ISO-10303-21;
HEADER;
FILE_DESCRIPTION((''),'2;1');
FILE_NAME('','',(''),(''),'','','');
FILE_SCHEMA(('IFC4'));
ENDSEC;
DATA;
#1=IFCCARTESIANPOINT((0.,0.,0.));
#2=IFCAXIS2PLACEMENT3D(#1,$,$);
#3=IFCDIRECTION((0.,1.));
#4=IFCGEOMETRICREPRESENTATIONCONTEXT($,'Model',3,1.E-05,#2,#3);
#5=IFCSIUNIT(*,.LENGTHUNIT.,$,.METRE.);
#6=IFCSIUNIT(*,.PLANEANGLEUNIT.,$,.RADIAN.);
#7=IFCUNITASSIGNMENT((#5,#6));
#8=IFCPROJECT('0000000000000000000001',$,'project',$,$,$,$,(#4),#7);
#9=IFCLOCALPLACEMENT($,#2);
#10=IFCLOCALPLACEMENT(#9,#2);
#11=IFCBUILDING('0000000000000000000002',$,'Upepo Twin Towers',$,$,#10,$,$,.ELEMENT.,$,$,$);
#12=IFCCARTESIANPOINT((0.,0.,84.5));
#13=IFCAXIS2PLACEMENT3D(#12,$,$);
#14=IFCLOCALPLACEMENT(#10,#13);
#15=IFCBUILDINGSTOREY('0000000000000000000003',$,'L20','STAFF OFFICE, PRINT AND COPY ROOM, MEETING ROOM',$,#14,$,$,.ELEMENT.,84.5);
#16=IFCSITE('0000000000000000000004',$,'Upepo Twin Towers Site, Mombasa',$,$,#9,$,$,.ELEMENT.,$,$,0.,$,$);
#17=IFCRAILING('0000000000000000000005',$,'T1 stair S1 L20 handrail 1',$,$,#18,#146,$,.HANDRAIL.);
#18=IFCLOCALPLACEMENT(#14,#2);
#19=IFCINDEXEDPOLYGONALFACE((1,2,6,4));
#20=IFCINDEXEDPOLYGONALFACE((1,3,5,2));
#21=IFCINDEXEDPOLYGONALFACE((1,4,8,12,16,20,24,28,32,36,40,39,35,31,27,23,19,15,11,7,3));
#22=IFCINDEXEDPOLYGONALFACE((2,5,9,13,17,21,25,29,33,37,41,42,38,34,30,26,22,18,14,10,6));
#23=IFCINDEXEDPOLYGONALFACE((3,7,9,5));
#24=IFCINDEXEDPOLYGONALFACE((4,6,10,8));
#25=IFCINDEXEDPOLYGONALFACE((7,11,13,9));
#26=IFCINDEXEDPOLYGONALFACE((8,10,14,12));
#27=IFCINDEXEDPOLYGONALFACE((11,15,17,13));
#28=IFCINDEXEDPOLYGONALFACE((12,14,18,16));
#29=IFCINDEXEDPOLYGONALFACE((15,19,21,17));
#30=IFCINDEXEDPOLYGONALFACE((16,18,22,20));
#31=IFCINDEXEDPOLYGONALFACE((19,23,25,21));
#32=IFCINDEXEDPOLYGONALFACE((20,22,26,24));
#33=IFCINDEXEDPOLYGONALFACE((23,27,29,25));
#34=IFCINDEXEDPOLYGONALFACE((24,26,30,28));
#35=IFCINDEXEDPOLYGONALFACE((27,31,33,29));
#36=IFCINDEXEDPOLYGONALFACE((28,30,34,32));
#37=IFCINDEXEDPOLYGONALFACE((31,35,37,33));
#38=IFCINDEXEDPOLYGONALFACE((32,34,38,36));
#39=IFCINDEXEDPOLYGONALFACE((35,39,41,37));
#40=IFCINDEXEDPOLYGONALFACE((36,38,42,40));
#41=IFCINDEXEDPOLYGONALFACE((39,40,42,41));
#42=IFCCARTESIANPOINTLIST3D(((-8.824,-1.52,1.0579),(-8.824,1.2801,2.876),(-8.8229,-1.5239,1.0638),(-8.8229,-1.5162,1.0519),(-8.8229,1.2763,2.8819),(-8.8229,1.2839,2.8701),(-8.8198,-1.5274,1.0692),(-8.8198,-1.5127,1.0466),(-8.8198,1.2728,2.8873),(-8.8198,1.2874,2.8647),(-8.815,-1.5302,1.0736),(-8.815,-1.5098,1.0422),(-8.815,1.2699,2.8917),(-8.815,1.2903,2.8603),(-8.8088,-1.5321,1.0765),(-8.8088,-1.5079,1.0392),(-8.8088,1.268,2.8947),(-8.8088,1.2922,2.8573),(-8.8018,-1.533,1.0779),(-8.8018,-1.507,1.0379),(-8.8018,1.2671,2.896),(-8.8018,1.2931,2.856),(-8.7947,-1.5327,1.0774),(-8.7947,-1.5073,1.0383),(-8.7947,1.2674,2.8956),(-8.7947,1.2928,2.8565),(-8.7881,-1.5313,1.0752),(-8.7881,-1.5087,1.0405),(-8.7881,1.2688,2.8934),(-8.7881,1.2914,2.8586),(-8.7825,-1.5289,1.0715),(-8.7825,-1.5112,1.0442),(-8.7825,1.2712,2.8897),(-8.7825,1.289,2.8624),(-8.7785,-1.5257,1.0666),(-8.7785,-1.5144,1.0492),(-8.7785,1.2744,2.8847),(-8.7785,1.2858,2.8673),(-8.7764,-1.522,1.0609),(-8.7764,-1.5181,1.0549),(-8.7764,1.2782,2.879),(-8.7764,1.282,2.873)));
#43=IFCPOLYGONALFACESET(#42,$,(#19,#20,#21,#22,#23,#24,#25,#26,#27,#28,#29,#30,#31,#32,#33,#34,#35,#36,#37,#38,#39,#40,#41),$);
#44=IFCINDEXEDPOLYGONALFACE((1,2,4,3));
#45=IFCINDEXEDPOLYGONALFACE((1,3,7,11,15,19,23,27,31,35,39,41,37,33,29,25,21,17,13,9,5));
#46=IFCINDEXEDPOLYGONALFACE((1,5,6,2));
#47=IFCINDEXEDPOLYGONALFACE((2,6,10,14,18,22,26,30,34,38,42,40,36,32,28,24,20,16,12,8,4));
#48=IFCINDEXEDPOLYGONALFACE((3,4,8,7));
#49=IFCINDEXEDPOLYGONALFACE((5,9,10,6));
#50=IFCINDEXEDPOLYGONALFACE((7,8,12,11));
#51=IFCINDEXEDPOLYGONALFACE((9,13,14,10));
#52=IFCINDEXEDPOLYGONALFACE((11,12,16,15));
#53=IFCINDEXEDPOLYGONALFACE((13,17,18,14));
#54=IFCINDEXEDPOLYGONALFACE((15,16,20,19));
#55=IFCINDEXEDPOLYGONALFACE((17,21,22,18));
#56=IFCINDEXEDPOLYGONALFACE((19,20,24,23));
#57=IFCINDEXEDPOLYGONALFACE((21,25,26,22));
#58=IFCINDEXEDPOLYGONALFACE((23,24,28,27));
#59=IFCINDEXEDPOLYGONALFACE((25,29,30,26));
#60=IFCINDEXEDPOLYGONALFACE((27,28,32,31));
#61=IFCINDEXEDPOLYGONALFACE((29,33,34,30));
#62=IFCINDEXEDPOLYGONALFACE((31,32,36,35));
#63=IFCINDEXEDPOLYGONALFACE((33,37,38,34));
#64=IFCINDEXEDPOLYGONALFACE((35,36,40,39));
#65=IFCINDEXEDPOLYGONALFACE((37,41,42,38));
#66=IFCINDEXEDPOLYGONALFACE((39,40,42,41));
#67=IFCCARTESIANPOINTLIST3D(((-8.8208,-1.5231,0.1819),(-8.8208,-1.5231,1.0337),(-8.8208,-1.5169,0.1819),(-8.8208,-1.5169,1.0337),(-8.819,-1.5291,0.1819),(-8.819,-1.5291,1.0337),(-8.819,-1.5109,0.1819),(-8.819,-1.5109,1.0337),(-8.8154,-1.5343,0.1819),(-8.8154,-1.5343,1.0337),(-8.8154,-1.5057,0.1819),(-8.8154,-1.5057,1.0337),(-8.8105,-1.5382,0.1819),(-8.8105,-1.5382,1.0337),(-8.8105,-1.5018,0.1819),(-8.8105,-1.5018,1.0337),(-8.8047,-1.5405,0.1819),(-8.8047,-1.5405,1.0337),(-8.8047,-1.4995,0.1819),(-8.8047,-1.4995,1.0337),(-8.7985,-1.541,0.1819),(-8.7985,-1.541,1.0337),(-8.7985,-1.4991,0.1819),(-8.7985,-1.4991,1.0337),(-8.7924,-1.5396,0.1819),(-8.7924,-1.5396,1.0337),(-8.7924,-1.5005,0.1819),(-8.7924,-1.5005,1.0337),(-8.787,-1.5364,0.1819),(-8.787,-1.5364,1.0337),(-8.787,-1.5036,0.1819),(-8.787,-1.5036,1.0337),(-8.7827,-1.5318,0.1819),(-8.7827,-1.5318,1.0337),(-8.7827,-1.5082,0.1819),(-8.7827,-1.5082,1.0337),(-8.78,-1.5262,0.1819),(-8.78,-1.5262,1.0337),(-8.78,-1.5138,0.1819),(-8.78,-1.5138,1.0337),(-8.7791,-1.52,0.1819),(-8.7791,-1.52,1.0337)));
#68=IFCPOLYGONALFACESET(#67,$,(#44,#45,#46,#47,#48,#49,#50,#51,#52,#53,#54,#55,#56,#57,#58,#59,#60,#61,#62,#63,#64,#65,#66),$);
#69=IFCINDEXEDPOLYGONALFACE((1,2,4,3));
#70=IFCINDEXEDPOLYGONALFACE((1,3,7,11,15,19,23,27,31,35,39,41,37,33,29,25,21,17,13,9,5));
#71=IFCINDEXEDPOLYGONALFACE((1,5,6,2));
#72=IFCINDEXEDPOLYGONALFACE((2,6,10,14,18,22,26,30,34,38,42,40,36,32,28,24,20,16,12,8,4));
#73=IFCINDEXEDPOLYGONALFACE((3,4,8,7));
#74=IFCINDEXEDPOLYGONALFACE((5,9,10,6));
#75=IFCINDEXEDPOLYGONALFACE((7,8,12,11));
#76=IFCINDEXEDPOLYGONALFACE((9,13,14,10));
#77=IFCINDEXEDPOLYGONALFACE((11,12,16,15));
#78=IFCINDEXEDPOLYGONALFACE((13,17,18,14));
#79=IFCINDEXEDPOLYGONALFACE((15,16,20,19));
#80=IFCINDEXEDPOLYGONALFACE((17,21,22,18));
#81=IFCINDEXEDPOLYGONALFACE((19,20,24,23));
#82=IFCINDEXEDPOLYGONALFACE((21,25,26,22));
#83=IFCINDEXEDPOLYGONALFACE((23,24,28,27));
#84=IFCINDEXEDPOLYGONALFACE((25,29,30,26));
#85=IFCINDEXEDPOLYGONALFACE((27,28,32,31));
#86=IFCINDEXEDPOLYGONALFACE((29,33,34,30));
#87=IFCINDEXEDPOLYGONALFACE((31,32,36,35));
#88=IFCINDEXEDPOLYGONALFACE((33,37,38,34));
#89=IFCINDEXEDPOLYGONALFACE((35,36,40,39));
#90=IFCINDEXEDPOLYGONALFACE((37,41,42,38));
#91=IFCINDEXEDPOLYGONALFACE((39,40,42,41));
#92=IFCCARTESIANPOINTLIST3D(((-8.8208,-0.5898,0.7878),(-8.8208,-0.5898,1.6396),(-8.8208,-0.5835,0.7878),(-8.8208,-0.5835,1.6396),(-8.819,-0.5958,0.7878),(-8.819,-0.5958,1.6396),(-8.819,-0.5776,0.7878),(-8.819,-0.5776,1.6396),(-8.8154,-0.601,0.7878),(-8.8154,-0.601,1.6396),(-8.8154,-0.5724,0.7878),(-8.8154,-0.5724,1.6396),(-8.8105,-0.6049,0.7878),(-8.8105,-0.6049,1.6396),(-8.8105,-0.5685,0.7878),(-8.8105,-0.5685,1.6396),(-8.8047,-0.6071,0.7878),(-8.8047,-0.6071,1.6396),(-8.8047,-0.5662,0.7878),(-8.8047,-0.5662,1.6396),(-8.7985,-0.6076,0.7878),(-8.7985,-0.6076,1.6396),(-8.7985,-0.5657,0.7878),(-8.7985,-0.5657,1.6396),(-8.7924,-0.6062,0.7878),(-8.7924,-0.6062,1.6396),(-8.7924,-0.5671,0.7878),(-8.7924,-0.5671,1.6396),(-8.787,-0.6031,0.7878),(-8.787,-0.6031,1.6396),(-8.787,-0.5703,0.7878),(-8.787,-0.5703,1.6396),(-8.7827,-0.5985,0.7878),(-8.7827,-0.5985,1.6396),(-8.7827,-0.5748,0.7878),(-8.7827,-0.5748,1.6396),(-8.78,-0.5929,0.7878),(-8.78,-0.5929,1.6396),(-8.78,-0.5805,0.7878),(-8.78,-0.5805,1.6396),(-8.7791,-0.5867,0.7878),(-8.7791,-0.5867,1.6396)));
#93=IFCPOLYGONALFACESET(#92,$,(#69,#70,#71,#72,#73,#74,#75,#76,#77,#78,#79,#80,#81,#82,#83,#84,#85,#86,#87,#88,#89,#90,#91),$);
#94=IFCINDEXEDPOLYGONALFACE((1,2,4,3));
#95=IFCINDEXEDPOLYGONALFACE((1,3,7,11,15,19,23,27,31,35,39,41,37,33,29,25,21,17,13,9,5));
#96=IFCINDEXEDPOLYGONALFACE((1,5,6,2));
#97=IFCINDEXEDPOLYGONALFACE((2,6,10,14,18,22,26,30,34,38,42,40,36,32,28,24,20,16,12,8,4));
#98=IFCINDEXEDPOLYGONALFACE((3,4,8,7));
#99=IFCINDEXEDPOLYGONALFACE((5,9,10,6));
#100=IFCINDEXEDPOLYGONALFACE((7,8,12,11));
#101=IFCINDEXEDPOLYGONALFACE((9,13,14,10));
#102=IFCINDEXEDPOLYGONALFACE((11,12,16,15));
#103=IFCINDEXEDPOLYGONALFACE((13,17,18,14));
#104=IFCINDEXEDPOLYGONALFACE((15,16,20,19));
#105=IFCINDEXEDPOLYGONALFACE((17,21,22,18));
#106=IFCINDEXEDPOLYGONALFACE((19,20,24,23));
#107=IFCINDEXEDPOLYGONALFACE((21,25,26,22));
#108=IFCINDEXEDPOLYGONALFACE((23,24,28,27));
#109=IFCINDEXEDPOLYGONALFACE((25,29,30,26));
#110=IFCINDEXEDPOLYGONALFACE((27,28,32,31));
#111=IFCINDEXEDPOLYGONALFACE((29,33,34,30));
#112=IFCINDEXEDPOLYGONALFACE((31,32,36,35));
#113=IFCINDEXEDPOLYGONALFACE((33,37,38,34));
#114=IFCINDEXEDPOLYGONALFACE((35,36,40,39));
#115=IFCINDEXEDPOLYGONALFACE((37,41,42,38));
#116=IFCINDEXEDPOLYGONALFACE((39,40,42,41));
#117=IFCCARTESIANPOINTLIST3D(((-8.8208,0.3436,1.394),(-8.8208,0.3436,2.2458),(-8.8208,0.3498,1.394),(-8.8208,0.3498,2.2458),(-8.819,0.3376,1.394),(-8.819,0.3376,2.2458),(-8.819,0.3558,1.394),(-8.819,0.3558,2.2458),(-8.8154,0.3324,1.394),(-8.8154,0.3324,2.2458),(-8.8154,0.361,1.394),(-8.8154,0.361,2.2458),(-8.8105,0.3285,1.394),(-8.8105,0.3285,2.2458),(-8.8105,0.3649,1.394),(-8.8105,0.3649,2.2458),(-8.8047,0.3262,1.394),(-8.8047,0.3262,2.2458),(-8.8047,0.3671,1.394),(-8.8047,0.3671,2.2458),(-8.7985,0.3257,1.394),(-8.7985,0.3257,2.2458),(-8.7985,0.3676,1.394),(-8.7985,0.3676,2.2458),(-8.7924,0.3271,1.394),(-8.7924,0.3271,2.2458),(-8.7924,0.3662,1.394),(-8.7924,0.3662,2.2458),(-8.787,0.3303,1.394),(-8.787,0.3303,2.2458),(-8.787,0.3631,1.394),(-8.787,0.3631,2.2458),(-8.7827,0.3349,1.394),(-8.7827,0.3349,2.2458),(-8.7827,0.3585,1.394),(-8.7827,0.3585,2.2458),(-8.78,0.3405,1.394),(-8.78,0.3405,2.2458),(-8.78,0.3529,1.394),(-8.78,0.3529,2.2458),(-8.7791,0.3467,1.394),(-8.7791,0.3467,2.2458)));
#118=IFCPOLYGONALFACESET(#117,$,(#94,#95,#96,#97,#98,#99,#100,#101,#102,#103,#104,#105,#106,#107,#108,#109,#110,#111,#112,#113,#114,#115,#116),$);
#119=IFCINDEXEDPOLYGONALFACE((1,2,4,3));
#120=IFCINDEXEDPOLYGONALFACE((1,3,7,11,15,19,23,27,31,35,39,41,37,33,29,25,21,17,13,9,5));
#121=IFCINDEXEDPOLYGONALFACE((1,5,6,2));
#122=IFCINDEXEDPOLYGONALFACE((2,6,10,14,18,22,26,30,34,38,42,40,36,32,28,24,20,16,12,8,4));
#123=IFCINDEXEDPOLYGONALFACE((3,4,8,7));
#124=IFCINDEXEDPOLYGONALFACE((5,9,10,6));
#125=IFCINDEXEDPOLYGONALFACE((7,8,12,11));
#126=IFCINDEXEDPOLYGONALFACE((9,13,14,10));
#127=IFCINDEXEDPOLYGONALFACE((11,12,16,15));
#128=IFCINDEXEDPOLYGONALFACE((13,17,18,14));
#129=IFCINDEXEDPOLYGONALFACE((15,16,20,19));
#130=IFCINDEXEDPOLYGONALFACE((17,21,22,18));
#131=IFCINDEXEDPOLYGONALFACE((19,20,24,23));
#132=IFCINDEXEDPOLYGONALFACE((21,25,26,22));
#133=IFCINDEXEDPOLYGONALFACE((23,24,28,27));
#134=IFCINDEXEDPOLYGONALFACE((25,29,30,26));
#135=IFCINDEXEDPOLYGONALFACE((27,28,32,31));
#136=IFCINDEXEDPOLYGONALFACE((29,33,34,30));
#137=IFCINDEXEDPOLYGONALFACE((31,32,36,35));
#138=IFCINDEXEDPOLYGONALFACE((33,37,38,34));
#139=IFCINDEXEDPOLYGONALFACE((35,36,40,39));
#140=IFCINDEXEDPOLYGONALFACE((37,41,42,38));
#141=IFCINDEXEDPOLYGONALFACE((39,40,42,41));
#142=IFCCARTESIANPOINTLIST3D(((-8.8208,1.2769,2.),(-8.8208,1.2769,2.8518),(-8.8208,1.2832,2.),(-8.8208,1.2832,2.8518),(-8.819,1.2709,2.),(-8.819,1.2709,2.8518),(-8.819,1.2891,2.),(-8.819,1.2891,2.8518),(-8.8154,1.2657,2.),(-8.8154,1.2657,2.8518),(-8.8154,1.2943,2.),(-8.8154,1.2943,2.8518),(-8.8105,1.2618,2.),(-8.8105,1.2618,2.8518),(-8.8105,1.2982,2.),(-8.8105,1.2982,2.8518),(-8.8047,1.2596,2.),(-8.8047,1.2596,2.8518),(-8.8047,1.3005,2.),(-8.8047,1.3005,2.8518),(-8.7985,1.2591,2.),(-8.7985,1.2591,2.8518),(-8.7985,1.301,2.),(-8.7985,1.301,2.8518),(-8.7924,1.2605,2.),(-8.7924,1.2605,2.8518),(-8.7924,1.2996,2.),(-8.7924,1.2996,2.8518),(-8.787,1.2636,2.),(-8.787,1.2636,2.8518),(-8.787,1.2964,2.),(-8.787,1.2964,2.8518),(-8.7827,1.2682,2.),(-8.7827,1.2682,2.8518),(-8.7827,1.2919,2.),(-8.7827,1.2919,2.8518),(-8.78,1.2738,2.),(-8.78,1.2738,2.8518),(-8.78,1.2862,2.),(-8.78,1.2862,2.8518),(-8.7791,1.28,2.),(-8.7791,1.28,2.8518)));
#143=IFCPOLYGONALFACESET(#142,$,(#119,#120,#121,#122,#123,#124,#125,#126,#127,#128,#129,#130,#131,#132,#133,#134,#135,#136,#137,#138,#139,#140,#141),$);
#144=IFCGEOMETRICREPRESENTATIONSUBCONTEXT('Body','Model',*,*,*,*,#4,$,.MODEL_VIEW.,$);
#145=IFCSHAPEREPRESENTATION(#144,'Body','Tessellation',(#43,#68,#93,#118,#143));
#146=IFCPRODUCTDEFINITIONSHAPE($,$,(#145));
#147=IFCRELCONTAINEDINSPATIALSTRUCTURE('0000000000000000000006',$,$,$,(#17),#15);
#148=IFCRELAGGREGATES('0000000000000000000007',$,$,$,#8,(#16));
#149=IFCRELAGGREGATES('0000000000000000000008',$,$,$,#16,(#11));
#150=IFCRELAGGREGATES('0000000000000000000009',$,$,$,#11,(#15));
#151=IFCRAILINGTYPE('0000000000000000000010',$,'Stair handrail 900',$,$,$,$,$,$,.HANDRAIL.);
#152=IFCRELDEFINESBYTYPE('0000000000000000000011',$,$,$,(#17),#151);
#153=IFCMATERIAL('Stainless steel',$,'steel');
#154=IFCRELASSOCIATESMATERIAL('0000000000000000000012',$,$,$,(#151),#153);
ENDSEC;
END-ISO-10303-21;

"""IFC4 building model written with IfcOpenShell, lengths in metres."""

from ifc_helpers import new_model, si_unit, direction, frame, origin, origin_2d, place, context, subcontext, project, spatial, circle, extrude, material, type_object, element, save


model = new_model("IFC4")

# Units and contexts
model_context = context("Model", 3, precision=1e-05, world=origin(), true_north=direction((0.0, 1.0)))
body_context = subcontext(model_context, "Body", "Model", "MODEL_VIEW")
ifc_project = project(units=[si_unit("LENGTHUNIT", "METRE"), si_unit("PLANEANGLEUNIT", "RADIAN")], contexts=[model_context])

# Site, building, storey
site_placement = place(None, origin())
site = spatial("IfcSite", under=ifc_project, at=site_placement, Name="Upepo Twin Towers Site, Mombasa", CompositionType="ELEMENT", RefElevation=0.0)
building_placement = place(site_placement, origin())
building = spatial("IfcBuilding", under=site, at=building_placement, Name="Upepo Twin Towers", CompositionType="ELEMENT")
storey_placement = place(building_placement, frame((0.0, 0.0, 84.5)))
storey = spatial("IfcBuildingStorey", under=building, at=storey_placement, Name="L20", Description="STAFF OFFICE, PRINT AND COPY ROOM, MEETING ROOM", CompositionType="ELEMENT", Elevation=84.5)

# Railing
ifc_material_1 = material(Name="Stainless steel", Category="steel")
railing_type = type_object("IfcRailingType", Name="Stair handrail 900", PredefinedType="HANDRAIL", material=ifc_material_1)
railing_placement = place(storey_placement, frame((-8.8, -1.52, 0.1819)))
element("IfcRailing", 1, at=railing_placement, inside=storey, type_object=railing_type, Name="T1 stair S1 L20 handrail 1", PredefinedType="HANDRAIL", context=body_context, shape_type="SweptSolid", body=[
    extrude(circle(Radius=0.0239, at=origin_2d()), frame((0.0, 0.0, 0.876), z_axis=(0.0, 0.838706, 0.544585), x_axis=(-1.0, 0.0, 0.0)), (0.0, 0.0, 1.0), 3.3386),
    extrude(circle(Radius=0.021, at=origin_2d()), origin(), (0.0, 0.0, 1.0), 0.8518),
    extrude(circle(Radius=0.021, at=origin_2d()), frame((0.0, 0.9333, 0.606)), (0.0, 0.0, 1.0), 0.8518),
    extrude(circle(Radius=0.021, at=origin_2d()), frame((0.0, 1.8667, 1.2122)), (0.0, 0.0, 1.0), 0.8518),
    extrude(circle(Radius=0.021, at=origin_2d()), frame((0.0, 2.8, 1.8181)), (0.0, 0.0, 1.0), 0.8518),
])

save(model, "model.ifc")
